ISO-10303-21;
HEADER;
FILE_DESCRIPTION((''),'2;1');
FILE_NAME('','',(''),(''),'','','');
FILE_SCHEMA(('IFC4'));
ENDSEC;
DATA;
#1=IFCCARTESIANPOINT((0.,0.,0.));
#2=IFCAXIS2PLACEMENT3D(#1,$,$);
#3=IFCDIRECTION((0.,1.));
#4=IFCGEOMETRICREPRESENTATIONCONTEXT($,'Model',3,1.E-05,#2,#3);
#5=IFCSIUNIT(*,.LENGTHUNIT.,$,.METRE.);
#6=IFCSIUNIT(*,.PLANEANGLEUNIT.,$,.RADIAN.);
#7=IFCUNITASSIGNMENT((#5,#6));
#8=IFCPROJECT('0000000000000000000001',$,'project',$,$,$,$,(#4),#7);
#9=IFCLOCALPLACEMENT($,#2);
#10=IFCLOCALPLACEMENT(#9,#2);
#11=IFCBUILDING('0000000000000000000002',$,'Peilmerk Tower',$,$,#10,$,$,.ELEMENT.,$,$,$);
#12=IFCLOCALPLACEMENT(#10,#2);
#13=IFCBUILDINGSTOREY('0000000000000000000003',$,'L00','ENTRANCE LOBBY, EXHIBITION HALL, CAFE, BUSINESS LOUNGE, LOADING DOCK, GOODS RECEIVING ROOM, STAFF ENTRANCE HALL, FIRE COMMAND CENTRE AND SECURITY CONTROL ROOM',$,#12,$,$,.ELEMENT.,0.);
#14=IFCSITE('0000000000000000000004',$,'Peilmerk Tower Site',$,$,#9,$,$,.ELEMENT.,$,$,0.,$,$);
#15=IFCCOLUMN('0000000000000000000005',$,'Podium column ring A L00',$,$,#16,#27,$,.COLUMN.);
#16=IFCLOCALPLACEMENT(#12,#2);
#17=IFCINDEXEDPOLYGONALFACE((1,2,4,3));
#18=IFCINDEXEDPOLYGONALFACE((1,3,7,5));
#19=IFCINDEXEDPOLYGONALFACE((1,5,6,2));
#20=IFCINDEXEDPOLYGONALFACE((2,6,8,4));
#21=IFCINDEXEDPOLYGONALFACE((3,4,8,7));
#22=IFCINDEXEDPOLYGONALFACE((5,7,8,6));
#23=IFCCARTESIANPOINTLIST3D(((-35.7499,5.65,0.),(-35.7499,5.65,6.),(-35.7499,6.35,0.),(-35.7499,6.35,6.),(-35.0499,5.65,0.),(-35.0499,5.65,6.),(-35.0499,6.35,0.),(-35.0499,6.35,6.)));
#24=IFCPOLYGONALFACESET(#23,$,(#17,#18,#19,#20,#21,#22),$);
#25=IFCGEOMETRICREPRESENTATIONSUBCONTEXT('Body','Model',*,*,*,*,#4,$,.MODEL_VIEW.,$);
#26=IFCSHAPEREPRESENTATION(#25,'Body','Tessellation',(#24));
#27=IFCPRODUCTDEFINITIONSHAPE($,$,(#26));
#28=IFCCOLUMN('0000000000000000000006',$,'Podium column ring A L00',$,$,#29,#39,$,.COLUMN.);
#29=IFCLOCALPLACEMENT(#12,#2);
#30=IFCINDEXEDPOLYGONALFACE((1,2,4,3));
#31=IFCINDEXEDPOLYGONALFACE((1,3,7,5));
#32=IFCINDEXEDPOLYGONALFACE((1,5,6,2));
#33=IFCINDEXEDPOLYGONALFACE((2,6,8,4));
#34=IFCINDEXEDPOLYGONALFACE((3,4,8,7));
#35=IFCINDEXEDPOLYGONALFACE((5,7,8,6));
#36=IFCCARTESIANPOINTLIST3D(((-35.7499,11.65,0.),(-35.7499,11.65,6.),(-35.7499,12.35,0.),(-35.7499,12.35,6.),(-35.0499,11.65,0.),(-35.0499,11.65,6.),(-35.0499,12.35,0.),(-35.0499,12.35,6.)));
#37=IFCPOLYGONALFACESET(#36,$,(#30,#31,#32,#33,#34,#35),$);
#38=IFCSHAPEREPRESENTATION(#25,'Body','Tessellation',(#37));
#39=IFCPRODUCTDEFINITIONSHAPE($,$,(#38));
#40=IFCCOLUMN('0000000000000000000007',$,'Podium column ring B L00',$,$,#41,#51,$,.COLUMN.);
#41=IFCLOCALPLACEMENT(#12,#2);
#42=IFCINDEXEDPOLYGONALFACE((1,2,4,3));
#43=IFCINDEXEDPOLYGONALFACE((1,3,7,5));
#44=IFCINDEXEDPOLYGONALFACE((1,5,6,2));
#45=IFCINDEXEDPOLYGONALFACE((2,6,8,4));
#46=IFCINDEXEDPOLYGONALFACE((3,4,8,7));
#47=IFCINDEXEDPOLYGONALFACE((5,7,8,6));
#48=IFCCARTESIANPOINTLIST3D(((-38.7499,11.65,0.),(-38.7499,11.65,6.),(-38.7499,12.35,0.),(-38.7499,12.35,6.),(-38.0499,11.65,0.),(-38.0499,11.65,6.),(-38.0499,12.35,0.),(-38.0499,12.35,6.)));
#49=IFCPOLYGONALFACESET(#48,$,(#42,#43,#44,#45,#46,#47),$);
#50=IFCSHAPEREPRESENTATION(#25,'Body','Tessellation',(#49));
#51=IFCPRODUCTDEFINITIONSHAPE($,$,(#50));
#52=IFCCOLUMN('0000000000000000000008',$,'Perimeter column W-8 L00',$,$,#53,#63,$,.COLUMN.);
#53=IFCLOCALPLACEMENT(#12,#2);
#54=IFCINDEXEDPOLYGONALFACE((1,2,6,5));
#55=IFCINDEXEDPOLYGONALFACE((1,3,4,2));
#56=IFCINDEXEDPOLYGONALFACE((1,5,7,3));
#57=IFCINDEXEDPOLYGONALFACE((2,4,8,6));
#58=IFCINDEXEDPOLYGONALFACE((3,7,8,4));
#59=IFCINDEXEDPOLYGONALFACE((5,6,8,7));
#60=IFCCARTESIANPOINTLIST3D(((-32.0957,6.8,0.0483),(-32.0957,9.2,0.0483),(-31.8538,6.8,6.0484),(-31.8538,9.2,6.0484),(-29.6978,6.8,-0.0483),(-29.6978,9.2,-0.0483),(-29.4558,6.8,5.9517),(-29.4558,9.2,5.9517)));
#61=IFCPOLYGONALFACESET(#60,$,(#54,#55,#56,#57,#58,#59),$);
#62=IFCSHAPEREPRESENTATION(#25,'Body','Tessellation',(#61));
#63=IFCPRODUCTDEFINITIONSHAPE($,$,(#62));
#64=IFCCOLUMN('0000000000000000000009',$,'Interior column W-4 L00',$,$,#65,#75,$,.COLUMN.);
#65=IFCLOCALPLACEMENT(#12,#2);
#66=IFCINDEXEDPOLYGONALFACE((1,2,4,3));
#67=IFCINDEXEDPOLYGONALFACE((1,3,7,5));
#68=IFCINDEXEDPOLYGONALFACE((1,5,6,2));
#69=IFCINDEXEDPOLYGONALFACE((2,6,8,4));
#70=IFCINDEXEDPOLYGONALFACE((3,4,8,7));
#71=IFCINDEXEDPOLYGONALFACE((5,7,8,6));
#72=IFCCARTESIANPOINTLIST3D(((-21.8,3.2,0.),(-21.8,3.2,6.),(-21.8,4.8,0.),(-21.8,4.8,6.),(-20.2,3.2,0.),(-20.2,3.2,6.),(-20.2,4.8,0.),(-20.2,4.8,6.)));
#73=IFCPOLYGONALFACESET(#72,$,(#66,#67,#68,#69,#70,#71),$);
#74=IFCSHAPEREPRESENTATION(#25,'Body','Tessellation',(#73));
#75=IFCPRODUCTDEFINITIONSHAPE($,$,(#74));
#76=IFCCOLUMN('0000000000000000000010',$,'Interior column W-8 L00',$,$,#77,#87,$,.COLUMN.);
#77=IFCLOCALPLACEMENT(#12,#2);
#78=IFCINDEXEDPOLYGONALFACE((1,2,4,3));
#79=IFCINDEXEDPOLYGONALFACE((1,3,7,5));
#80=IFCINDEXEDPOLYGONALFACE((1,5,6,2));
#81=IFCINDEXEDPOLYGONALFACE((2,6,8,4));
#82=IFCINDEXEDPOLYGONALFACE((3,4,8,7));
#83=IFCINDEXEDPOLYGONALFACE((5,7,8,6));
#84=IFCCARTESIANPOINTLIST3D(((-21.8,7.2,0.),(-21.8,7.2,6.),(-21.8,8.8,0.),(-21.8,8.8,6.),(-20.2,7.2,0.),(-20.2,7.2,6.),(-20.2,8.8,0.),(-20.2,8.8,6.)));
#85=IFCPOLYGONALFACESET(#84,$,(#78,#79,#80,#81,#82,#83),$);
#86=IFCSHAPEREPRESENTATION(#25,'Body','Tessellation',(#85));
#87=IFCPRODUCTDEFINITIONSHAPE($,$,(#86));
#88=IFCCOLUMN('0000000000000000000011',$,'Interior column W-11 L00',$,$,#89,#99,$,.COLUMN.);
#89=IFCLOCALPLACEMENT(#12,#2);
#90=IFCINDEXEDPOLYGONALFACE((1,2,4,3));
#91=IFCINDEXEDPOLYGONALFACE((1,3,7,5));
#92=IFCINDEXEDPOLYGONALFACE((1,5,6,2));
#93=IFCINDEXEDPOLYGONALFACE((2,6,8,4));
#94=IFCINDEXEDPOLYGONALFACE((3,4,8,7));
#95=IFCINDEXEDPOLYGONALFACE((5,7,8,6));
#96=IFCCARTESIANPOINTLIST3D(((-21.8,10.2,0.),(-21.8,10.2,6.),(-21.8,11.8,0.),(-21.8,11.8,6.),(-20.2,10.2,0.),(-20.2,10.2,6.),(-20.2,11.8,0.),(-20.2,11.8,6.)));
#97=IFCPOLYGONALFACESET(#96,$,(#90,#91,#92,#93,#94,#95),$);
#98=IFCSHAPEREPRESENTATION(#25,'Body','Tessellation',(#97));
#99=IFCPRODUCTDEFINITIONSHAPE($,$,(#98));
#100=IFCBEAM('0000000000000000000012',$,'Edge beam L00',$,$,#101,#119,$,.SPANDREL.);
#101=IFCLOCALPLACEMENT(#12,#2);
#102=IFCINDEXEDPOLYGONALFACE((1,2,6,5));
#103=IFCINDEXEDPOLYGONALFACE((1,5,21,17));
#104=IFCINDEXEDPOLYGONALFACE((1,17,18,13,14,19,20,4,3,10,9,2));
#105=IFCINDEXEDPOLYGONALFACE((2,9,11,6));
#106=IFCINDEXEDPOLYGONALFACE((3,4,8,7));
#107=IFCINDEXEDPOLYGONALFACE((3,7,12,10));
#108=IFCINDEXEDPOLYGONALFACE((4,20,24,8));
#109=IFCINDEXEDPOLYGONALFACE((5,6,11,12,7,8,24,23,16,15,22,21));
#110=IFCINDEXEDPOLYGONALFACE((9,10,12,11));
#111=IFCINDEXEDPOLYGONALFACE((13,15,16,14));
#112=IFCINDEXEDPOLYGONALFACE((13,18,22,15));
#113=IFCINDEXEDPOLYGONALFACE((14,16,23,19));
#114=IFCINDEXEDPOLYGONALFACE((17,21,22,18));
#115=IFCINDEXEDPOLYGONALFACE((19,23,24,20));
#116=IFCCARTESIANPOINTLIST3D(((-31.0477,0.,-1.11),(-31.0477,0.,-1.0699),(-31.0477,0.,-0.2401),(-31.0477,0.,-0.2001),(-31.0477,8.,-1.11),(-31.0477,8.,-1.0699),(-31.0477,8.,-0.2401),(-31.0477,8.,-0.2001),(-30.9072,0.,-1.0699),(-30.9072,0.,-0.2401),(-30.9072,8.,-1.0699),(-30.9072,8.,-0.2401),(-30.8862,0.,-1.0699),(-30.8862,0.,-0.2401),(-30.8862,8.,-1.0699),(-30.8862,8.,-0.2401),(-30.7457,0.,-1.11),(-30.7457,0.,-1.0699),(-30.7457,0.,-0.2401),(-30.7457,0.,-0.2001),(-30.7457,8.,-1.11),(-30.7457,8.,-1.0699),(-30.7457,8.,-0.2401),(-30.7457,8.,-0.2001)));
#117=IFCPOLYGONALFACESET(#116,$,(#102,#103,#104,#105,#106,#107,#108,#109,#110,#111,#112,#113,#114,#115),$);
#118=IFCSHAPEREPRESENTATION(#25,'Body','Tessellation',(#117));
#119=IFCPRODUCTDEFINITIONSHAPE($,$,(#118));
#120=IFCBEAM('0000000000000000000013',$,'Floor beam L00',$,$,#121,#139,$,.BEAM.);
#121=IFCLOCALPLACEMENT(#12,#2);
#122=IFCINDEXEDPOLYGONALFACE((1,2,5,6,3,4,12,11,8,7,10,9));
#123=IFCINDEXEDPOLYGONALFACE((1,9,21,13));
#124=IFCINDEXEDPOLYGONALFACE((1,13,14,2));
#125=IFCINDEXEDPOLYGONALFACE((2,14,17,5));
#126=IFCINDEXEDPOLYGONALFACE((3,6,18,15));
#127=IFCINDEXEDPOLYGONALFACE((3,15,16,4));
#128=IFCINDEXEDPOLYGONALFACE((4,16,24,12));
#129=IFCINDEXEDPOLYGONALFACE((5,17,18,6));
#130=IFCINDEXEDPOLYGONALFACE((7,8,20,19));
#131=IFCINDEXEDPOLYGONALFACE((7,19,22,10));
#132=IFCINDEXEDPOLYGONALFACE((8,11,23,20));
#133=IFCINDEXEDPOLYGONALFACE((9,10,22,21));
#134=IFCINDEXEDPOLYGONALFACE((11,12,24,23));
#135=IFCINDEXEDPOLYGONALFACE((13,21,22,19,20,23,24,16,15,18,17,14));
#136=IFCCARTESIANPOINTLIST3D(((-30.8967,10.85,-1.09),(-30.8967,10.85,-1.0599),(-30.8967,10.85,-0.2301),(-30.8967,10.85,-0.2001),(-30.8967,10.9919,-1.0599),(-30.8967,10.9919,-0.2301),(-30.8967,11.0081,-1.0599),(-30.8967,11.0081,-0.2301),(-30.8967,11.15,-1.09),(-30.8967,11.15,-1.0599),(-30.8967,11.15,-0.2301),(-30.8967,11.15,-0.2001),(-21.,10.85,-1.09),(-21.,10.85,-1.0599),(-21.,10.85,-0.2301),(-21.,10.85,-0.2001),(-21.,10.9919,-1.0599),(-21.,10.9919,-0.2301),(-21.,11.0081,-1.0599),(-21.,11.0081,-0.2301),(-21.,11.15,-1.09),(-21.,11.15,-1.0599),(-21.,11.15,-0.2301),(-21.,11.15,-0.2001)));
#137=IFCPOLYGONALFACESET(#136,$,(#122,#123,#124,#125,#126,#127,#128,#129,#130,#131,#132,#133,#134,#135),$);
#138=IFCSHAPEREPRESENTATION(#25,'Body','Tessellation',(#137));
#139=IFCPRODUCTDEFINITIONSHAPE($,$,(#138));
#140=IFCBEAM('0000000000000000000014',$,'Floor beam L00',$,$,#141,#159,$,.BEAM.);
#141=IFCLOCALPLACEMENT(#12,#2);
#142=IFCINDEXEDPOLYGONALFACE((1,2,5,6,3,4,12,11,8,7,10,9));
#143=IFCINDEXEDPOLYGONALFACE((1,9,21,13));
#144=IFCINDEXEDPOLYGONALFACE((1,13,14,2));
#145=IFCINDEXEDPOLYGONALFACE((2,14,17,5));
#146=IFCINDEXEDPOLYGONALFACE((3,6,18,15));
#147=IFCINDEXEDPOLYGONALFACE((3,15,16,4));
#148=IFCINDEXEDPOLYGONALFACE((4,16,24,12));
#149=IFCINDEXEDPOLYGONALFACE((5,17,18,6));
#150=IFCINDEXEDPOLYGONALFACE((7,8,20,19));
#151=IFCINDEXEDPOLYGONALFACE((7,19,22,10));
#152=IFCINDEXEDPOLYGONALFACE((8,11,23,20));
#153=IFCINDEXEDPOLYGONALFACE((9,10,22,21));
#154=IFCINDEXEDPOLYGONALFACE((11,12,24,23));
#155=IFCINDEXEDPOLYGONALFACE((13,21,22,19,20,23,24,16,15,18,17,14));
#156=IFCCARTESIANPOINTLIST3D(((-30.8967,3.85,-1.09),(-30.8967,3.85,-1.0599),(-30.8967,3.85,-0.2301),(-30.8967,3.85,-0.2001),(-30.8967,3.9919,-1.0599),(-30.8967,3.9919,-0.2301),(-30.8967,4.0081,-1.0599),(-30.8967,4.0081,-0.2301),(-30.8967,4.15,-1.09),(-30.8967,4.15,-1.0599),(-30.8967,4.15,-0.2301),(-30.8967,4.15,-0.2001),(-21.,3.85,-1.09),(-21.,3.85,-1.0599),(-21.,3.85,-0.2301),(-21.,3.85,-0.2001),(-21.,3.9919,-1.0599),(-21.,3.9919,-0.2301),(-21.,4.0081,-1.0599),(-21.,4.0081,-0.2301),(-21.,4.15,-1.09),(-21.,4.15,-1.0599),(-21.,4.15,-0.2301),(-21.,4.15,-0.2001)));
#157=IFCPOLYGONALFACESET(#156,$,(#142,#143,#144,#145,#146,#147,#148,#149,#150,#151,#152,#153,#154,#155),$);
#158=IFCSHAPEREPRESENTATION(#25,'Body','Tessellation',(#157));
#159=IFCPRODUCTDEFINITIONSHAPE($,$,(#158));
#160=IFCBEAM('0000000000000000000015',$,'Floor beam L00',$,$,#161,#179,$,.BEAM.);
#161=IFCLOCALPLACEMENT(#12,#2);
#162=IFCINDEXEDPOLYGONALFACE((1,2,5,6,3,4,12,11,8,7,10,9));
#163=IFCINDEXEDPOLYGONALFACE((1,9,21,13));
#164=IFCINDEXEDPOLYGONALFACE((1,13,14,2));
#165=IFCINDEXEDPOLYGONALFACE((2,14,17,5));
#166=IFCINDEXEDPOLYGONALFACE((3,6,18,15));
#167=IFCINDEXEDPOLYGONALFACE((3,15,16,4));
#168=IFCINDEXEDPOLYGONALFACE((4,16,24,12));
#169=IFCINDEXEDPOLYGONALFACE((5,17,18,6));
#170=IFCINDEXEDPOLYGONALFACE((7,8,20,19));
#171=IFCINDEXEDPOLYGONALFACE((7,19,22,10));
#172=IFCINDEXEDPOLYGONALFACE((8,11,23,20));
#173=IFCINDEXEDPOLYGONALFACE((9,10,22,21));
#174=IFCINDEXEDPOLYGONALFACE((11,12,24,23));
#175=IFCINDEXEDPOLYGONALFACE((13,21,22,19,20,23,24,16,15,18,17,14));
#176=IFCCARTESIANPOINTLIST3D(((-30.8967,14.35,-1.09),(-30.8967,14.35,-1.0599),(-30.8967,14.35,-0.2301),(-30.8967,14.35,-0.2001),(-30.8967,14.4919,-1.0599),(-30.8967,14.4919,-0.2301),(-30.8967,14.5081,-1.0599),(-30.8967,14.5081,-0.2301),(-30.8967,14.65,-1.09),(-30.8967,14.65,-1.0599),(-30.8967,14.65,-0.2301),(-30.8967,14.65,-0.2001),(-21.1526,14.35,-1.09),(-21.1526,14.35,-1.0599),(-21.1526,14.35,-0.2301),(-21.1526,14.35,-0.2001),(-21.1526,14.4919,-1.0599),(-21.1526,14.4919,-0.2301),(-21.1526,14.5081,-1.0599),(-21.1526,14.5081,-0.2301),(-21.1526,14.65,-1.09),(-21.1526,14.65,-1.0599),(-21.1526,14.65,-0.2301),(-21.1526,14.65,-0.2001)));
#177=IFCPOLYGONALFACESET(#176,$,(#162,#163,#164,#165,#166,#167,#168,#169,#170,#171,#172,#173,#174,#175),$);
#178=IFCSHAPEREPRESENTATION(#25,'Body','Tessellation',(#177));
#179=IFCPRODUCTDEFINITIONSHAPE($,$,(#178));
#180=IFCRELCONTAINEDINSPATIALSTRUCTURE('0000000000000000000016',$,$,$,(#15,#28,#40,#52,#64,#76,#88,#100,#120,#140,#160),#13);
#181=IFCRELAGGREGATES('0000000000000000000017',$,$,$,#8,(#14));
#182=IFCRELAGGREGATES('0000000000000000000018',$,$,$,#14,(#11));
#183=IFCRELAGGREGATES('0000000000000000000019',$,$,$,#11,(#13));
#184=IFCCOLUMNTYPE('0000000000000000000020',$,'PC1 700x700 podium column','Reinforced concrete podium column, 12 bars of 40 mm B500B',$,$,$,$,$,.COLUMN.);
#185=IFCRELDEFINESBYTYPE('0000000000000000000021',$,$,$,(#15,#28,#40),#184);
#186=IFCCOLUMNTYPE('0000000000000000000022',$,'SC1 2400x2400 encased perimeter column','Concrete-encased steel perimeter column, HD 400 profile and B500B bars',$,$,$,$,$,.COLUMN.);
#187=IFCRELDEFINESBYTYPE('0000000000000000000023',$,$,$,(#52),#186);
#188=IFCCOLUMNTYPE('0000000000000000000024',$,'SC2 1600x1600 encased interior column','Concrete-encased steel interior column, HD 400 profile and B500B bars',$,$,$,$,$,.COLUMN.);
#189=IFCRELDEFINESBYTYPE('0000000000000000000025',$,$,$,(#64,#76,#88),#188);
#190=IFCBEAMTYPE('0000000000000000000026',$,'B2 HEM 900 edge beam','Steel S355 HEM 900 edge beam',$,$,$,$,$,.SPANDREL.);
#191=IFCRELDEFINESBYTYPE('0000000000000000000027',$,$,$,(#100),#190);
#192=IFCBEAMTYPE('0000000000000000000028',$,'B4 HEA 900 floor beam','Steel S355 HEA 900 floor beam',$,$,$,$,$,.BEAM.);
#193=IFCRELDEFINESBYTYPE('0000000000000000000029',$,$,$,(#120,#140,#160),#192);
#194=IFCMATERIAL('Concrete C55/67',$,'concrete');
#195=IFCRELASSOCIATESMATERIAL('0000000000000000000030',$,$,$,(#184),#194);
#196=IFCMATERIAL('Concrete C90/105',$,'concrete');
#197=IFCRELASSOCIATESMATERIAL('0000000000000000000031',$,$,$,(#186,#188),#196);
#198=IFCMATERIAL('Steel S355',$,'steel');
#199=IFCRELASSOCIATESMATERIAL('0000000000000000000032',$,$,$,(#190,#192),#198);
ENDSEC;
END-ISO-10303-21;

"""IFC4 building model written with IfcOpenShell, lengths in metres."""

from ifc_helpers import new_model, si_unit, direction, frame, origin, origin_2d, place, context, subcontext, project, spatial, rectangle, i_section, extrude, material, material_profile, profile_set, type_object, element, save


model = new_model("IFC4")

# Units and contexts
model_context = context("Model", 3, precision=1e-05, world=origin(), true_north=direction((0.0, 1.0)))
body_context = subcontext(model_context, "Body", "Model", "MODEL_VIEW")
ifc_project = project(units=[si_unit("LENGTHUNIT", "METRE"), si_unit("PLANEANGLEUNIT", "RADIAN")], contexts=[model_context])

# Site, building, storey
site_placement = place(None, origin())
site = spatial("IfcSite", under=ifc_project, at=site_placement, Name="Peilmerk Tower Site", CompositionType="ELEMENT", RefElevation=0.0)
building_placement = place(site_placement, origin())
building = spatial("IfcBuilding", under=site, at=building_placement, Name="Peilmerk Tower", CompositionType="ELEMENT")
storey_placement = place(building_placement, origin())
storey = spatial("IfcBuildingStorey", under=building, at=storey_placement, Name="L00", Description="ENTRANCE LOBBY, EXHIBITION HALL, CAFE, BUSINESS LOUNGE, LOADING DOCK, GOODS RECEIVING ROOM, STAFF ENTRANCE HALL, FIRE COMMAND CENTRE AND SECURITY CONTROL ROOM", CompositionType="ELEMENT", Elevation=0.0)

# Columns
ifc_material_1 = material(Name="Concrete C55/67", Category="concrete")
ifc_material_profile_1 = material_profile(ifc_material_1, rectangle(XDim=0.7, YDim=0.7, at=origin_2d()), Name="RC 700x700")
ifc_profile_set_1 = profile_set([ifc_material_profile_1], Name="Concrete C55/67")
column_type_1 = type_object("IfcColumnType", Name="PC1 700x700 podium column", Description="Reinforced concrete podium column, 12 bars of 40 mm B500B", PredefinedType="COLUMN", material=ifc_profile_set_1)
for number, where, z_axis, x_axis, name in (
    (1, (-35.3999, 6.0, 0.0), (0.0, 0.0, 1.0), (1.0, 0.0, 0.0), "Podium column ring A L00"),
    (2, (-35.3999, 12.0, 0.0), (0.0, 0.0, 1.0), (1.0, 0.0, 0.0), "Podium column ring A L00"),
    (3, (-38.3999, 12.0, 0.0), (0.0, 0.0, 1.0), (1.0, 0.0, 0.0), "Podium column ring B L00"),
):
    element("IfcColumn", number, at=place(storey_placement, frame(where, z_axis=z_axis, x_axis=x_axis)), inside=storey, type_object=column_type_1, Name=name, PredefinedType="COLUMN", context=body_context, shape_type="SweptSolid", body=[
        extrude(rectangle(XDim=0.7, YDim=0.7, at=origin_2d()), origin(), (0.0, 0.0, 1.0), 6.0),
    ])
ifc_material_2 = material(Name="Concrete C90/105", Category="concrete")
ifc_material_profile_2 = material_profile(ifc_material_2, rectangle(XDim=2.3999, YDim=2.3999, at=origin_2d()), Name="RC 2400x2400")
ifc_profile_set_2 = profile_set([ifc_material_profile_2], Name="Concrete C90/105")
column_type_2 = type_object("IfcColumnType", Name="SC1 2400x2400 encased perimeter column", Description="Concrete-encased steel perimeter column, HD 400 profile and B500B bars", PredefinedType="COLUMN", material=ifc_profile_set_2)
column_placement = place(storey_placement, frame((-30.8967, 8.0, 0.0), z_axis=(0.040291, 0.0, 0.999188), x_axis=(0.0, 1.0, 0.0)))
element("IfcColumn", 4, at=column_placement, inside=storey, type_object=column_type_2, Name="Perimeter column W-8 L00", PredefinedType="COLUMN", context=body_context, shape_type="SweptSolid", body=[
    extrude(rectangle(XDim=2.3999, YDim=2.3999, at=origin_2d()), origin(), (0.0, 0.0, 1.0), 6.0049),
])
ifc_material_profile_3 = material_profile(ifc_material_2, rectangle(XDim=1.6001, YDim=1.6001, at=origin_2d()), Name="RC 1600x1600")
ifc_profile_set_3 = profile_set([ifc_material_profile_3], Name="Concrete C90/105")
column_type_3 = type_object("IfcColumnType", Name="SC2 1600x1600 encased interior column", Description="Concrete-encased steel interior column, HD 400 profile and B500B bars", PredefinedType="COLUMN", material=ifc_profile_set_3)
for number, where, z_axis, x_axis, name in (
    (5, (-21.0, 4.0, 0.0), (0.0, 0.0, 1.0), (1.0, 0.0, 0.0), "Interior column W-4 L00"),
    (6, (-21.0, 8.0, 0.0), (0.0, 0.0, 1.0), (1.0, 0.0, 0.0), "Interior column W-8 L00"),
    (7, (-21.0, 11.0, 0.0), (0.0, 0.0, 1.0), (1.0, 0.0, 0.0), "Interior column W-11 L00"),
):
    element("IfcColumn", number, at=place(storey_placement, frame(where, z_axis=z_axis, x_axis=x_axis)), inside=storey, type_object=column_type_3, Name=name, PredefinedType="COLUMN", context=body_context, shape_type="SweptSolid", body=[
        extrude(rectangle(XDim=1.6001, YDim=1.6001, at=origin_2d()), origin(), (0.0, 0.0, 1.0), 6.0),
    ])

# Beams
ifc_material_3 = material(Name="Steel S355", Category="steel")
ifc_material_profile_4 = material_profile(ifc_material_3, i_section(OverallWidth=0.302, OverallDepth=0.9099, WebThickness=0.021, FlangeThickness=0.04, at=origin_2d()), Name="HEM 900")
ifc_profile_set_4 = profile_set([ifc_material_profile_4], Name="Steel S355")
beam_type_1 = type_object("IfcBeamType", Name="B2 HEM 900 edge beam", Description="Steel S355 HEM 900 edge beam", PredefinedType="SPANDREL", material=ifc_profile_set_4)
beam_1_placement = place(storey_placement, frame((-30.8967, 8.0, -0.655), z_axis=(0.0, -1.0, 0.0), x_axis=(1.0, 0.0, 0.0)))
element("IfcBeam", 8, at=beam_1_placement, inside=storey, type_object=beam_type_1, Name="Edge beam L00", PredefinedType="SPANDREL", context=body_context, shape_type="SweptSolid", body=[
    extrude(i_section(OverallWidth=0.302, OverallDepth=0.9099, WebThickness=0.021, FlangeThickness=0.04, at=origin_2d()), origin(), (0.0, 0.0, 1.0), 8.0),
])
ifc_material_profile_5 = material_profile(ifc_material_3, i_section(OverallWidth=0.3, OverallDepth=0.8899, WebThickness=0.0161, FlangeThickness=0.03, at=origin_2d()), Name="HEA 900")
ifc_profile_set_5 = profile_set([ifc_material_profile_5], Name="Steel S355")
beam_type_2 = type_object("IfcBeamType", Name="B4 HEA 900 floor beam", Description="Steel S355 HEA 900 floor beam", PredefinedType="BEAM", material=ifc_profile_set_5)
for number, where, z_axis, x_axis, name in (
    (9, (-21.0, 11.0, -0.645), (-1.0, 0.0, 0.0), (0.0, -1.0, 0.0), "Floor beam L00"),
    (10, (-21.0, 4.0, -0.645), (-1.0, 0.0, 0.0), (0.0, -1.0, 0.0), "Floor beam L00"),
):
    element("IfcBeam", number, at=place(storey_placement, frame(where, z_axis=z_axis, x_axis=x_axis)), inside=storey, type_object=beam_type_2, Name=name, PredefinedType="BEAM", context=body_context, shape_type="SweptSolid", body=[
        extrude(i_section(OverallWidth=0.3, OverallDepth=0.8899, WebThickness=0.0161, FlangeThickness=0.03, at=origin_2d()), origin(), (0.0, 0.0, 1.0), 9.8967),
    ])
beam_2_placement = place(storey_placement, frame((-21.1526, 14.5, -0.645), z_axis=(-1.0, 0.0, 0.0), x_axis=(0.0, -1.0, 0.0)))
element("IfcBeam", 11, at=beam_2_placement, inside=storey, type_object=beam_type_2, Name="Floor beam L00", PredefinedType="BEAM", context=body_context, shape_type="SweptSolid", body=[
    extrude(i_section(OverallWidth=0.3, OverallDepth=0.8899, WebThickness=0.0161, FlangeThickness=0.03, at=origin_2d()), origin(), (0.0, 0.0, 1.0), 9.7441),
])

save(model, "model.ifc")
